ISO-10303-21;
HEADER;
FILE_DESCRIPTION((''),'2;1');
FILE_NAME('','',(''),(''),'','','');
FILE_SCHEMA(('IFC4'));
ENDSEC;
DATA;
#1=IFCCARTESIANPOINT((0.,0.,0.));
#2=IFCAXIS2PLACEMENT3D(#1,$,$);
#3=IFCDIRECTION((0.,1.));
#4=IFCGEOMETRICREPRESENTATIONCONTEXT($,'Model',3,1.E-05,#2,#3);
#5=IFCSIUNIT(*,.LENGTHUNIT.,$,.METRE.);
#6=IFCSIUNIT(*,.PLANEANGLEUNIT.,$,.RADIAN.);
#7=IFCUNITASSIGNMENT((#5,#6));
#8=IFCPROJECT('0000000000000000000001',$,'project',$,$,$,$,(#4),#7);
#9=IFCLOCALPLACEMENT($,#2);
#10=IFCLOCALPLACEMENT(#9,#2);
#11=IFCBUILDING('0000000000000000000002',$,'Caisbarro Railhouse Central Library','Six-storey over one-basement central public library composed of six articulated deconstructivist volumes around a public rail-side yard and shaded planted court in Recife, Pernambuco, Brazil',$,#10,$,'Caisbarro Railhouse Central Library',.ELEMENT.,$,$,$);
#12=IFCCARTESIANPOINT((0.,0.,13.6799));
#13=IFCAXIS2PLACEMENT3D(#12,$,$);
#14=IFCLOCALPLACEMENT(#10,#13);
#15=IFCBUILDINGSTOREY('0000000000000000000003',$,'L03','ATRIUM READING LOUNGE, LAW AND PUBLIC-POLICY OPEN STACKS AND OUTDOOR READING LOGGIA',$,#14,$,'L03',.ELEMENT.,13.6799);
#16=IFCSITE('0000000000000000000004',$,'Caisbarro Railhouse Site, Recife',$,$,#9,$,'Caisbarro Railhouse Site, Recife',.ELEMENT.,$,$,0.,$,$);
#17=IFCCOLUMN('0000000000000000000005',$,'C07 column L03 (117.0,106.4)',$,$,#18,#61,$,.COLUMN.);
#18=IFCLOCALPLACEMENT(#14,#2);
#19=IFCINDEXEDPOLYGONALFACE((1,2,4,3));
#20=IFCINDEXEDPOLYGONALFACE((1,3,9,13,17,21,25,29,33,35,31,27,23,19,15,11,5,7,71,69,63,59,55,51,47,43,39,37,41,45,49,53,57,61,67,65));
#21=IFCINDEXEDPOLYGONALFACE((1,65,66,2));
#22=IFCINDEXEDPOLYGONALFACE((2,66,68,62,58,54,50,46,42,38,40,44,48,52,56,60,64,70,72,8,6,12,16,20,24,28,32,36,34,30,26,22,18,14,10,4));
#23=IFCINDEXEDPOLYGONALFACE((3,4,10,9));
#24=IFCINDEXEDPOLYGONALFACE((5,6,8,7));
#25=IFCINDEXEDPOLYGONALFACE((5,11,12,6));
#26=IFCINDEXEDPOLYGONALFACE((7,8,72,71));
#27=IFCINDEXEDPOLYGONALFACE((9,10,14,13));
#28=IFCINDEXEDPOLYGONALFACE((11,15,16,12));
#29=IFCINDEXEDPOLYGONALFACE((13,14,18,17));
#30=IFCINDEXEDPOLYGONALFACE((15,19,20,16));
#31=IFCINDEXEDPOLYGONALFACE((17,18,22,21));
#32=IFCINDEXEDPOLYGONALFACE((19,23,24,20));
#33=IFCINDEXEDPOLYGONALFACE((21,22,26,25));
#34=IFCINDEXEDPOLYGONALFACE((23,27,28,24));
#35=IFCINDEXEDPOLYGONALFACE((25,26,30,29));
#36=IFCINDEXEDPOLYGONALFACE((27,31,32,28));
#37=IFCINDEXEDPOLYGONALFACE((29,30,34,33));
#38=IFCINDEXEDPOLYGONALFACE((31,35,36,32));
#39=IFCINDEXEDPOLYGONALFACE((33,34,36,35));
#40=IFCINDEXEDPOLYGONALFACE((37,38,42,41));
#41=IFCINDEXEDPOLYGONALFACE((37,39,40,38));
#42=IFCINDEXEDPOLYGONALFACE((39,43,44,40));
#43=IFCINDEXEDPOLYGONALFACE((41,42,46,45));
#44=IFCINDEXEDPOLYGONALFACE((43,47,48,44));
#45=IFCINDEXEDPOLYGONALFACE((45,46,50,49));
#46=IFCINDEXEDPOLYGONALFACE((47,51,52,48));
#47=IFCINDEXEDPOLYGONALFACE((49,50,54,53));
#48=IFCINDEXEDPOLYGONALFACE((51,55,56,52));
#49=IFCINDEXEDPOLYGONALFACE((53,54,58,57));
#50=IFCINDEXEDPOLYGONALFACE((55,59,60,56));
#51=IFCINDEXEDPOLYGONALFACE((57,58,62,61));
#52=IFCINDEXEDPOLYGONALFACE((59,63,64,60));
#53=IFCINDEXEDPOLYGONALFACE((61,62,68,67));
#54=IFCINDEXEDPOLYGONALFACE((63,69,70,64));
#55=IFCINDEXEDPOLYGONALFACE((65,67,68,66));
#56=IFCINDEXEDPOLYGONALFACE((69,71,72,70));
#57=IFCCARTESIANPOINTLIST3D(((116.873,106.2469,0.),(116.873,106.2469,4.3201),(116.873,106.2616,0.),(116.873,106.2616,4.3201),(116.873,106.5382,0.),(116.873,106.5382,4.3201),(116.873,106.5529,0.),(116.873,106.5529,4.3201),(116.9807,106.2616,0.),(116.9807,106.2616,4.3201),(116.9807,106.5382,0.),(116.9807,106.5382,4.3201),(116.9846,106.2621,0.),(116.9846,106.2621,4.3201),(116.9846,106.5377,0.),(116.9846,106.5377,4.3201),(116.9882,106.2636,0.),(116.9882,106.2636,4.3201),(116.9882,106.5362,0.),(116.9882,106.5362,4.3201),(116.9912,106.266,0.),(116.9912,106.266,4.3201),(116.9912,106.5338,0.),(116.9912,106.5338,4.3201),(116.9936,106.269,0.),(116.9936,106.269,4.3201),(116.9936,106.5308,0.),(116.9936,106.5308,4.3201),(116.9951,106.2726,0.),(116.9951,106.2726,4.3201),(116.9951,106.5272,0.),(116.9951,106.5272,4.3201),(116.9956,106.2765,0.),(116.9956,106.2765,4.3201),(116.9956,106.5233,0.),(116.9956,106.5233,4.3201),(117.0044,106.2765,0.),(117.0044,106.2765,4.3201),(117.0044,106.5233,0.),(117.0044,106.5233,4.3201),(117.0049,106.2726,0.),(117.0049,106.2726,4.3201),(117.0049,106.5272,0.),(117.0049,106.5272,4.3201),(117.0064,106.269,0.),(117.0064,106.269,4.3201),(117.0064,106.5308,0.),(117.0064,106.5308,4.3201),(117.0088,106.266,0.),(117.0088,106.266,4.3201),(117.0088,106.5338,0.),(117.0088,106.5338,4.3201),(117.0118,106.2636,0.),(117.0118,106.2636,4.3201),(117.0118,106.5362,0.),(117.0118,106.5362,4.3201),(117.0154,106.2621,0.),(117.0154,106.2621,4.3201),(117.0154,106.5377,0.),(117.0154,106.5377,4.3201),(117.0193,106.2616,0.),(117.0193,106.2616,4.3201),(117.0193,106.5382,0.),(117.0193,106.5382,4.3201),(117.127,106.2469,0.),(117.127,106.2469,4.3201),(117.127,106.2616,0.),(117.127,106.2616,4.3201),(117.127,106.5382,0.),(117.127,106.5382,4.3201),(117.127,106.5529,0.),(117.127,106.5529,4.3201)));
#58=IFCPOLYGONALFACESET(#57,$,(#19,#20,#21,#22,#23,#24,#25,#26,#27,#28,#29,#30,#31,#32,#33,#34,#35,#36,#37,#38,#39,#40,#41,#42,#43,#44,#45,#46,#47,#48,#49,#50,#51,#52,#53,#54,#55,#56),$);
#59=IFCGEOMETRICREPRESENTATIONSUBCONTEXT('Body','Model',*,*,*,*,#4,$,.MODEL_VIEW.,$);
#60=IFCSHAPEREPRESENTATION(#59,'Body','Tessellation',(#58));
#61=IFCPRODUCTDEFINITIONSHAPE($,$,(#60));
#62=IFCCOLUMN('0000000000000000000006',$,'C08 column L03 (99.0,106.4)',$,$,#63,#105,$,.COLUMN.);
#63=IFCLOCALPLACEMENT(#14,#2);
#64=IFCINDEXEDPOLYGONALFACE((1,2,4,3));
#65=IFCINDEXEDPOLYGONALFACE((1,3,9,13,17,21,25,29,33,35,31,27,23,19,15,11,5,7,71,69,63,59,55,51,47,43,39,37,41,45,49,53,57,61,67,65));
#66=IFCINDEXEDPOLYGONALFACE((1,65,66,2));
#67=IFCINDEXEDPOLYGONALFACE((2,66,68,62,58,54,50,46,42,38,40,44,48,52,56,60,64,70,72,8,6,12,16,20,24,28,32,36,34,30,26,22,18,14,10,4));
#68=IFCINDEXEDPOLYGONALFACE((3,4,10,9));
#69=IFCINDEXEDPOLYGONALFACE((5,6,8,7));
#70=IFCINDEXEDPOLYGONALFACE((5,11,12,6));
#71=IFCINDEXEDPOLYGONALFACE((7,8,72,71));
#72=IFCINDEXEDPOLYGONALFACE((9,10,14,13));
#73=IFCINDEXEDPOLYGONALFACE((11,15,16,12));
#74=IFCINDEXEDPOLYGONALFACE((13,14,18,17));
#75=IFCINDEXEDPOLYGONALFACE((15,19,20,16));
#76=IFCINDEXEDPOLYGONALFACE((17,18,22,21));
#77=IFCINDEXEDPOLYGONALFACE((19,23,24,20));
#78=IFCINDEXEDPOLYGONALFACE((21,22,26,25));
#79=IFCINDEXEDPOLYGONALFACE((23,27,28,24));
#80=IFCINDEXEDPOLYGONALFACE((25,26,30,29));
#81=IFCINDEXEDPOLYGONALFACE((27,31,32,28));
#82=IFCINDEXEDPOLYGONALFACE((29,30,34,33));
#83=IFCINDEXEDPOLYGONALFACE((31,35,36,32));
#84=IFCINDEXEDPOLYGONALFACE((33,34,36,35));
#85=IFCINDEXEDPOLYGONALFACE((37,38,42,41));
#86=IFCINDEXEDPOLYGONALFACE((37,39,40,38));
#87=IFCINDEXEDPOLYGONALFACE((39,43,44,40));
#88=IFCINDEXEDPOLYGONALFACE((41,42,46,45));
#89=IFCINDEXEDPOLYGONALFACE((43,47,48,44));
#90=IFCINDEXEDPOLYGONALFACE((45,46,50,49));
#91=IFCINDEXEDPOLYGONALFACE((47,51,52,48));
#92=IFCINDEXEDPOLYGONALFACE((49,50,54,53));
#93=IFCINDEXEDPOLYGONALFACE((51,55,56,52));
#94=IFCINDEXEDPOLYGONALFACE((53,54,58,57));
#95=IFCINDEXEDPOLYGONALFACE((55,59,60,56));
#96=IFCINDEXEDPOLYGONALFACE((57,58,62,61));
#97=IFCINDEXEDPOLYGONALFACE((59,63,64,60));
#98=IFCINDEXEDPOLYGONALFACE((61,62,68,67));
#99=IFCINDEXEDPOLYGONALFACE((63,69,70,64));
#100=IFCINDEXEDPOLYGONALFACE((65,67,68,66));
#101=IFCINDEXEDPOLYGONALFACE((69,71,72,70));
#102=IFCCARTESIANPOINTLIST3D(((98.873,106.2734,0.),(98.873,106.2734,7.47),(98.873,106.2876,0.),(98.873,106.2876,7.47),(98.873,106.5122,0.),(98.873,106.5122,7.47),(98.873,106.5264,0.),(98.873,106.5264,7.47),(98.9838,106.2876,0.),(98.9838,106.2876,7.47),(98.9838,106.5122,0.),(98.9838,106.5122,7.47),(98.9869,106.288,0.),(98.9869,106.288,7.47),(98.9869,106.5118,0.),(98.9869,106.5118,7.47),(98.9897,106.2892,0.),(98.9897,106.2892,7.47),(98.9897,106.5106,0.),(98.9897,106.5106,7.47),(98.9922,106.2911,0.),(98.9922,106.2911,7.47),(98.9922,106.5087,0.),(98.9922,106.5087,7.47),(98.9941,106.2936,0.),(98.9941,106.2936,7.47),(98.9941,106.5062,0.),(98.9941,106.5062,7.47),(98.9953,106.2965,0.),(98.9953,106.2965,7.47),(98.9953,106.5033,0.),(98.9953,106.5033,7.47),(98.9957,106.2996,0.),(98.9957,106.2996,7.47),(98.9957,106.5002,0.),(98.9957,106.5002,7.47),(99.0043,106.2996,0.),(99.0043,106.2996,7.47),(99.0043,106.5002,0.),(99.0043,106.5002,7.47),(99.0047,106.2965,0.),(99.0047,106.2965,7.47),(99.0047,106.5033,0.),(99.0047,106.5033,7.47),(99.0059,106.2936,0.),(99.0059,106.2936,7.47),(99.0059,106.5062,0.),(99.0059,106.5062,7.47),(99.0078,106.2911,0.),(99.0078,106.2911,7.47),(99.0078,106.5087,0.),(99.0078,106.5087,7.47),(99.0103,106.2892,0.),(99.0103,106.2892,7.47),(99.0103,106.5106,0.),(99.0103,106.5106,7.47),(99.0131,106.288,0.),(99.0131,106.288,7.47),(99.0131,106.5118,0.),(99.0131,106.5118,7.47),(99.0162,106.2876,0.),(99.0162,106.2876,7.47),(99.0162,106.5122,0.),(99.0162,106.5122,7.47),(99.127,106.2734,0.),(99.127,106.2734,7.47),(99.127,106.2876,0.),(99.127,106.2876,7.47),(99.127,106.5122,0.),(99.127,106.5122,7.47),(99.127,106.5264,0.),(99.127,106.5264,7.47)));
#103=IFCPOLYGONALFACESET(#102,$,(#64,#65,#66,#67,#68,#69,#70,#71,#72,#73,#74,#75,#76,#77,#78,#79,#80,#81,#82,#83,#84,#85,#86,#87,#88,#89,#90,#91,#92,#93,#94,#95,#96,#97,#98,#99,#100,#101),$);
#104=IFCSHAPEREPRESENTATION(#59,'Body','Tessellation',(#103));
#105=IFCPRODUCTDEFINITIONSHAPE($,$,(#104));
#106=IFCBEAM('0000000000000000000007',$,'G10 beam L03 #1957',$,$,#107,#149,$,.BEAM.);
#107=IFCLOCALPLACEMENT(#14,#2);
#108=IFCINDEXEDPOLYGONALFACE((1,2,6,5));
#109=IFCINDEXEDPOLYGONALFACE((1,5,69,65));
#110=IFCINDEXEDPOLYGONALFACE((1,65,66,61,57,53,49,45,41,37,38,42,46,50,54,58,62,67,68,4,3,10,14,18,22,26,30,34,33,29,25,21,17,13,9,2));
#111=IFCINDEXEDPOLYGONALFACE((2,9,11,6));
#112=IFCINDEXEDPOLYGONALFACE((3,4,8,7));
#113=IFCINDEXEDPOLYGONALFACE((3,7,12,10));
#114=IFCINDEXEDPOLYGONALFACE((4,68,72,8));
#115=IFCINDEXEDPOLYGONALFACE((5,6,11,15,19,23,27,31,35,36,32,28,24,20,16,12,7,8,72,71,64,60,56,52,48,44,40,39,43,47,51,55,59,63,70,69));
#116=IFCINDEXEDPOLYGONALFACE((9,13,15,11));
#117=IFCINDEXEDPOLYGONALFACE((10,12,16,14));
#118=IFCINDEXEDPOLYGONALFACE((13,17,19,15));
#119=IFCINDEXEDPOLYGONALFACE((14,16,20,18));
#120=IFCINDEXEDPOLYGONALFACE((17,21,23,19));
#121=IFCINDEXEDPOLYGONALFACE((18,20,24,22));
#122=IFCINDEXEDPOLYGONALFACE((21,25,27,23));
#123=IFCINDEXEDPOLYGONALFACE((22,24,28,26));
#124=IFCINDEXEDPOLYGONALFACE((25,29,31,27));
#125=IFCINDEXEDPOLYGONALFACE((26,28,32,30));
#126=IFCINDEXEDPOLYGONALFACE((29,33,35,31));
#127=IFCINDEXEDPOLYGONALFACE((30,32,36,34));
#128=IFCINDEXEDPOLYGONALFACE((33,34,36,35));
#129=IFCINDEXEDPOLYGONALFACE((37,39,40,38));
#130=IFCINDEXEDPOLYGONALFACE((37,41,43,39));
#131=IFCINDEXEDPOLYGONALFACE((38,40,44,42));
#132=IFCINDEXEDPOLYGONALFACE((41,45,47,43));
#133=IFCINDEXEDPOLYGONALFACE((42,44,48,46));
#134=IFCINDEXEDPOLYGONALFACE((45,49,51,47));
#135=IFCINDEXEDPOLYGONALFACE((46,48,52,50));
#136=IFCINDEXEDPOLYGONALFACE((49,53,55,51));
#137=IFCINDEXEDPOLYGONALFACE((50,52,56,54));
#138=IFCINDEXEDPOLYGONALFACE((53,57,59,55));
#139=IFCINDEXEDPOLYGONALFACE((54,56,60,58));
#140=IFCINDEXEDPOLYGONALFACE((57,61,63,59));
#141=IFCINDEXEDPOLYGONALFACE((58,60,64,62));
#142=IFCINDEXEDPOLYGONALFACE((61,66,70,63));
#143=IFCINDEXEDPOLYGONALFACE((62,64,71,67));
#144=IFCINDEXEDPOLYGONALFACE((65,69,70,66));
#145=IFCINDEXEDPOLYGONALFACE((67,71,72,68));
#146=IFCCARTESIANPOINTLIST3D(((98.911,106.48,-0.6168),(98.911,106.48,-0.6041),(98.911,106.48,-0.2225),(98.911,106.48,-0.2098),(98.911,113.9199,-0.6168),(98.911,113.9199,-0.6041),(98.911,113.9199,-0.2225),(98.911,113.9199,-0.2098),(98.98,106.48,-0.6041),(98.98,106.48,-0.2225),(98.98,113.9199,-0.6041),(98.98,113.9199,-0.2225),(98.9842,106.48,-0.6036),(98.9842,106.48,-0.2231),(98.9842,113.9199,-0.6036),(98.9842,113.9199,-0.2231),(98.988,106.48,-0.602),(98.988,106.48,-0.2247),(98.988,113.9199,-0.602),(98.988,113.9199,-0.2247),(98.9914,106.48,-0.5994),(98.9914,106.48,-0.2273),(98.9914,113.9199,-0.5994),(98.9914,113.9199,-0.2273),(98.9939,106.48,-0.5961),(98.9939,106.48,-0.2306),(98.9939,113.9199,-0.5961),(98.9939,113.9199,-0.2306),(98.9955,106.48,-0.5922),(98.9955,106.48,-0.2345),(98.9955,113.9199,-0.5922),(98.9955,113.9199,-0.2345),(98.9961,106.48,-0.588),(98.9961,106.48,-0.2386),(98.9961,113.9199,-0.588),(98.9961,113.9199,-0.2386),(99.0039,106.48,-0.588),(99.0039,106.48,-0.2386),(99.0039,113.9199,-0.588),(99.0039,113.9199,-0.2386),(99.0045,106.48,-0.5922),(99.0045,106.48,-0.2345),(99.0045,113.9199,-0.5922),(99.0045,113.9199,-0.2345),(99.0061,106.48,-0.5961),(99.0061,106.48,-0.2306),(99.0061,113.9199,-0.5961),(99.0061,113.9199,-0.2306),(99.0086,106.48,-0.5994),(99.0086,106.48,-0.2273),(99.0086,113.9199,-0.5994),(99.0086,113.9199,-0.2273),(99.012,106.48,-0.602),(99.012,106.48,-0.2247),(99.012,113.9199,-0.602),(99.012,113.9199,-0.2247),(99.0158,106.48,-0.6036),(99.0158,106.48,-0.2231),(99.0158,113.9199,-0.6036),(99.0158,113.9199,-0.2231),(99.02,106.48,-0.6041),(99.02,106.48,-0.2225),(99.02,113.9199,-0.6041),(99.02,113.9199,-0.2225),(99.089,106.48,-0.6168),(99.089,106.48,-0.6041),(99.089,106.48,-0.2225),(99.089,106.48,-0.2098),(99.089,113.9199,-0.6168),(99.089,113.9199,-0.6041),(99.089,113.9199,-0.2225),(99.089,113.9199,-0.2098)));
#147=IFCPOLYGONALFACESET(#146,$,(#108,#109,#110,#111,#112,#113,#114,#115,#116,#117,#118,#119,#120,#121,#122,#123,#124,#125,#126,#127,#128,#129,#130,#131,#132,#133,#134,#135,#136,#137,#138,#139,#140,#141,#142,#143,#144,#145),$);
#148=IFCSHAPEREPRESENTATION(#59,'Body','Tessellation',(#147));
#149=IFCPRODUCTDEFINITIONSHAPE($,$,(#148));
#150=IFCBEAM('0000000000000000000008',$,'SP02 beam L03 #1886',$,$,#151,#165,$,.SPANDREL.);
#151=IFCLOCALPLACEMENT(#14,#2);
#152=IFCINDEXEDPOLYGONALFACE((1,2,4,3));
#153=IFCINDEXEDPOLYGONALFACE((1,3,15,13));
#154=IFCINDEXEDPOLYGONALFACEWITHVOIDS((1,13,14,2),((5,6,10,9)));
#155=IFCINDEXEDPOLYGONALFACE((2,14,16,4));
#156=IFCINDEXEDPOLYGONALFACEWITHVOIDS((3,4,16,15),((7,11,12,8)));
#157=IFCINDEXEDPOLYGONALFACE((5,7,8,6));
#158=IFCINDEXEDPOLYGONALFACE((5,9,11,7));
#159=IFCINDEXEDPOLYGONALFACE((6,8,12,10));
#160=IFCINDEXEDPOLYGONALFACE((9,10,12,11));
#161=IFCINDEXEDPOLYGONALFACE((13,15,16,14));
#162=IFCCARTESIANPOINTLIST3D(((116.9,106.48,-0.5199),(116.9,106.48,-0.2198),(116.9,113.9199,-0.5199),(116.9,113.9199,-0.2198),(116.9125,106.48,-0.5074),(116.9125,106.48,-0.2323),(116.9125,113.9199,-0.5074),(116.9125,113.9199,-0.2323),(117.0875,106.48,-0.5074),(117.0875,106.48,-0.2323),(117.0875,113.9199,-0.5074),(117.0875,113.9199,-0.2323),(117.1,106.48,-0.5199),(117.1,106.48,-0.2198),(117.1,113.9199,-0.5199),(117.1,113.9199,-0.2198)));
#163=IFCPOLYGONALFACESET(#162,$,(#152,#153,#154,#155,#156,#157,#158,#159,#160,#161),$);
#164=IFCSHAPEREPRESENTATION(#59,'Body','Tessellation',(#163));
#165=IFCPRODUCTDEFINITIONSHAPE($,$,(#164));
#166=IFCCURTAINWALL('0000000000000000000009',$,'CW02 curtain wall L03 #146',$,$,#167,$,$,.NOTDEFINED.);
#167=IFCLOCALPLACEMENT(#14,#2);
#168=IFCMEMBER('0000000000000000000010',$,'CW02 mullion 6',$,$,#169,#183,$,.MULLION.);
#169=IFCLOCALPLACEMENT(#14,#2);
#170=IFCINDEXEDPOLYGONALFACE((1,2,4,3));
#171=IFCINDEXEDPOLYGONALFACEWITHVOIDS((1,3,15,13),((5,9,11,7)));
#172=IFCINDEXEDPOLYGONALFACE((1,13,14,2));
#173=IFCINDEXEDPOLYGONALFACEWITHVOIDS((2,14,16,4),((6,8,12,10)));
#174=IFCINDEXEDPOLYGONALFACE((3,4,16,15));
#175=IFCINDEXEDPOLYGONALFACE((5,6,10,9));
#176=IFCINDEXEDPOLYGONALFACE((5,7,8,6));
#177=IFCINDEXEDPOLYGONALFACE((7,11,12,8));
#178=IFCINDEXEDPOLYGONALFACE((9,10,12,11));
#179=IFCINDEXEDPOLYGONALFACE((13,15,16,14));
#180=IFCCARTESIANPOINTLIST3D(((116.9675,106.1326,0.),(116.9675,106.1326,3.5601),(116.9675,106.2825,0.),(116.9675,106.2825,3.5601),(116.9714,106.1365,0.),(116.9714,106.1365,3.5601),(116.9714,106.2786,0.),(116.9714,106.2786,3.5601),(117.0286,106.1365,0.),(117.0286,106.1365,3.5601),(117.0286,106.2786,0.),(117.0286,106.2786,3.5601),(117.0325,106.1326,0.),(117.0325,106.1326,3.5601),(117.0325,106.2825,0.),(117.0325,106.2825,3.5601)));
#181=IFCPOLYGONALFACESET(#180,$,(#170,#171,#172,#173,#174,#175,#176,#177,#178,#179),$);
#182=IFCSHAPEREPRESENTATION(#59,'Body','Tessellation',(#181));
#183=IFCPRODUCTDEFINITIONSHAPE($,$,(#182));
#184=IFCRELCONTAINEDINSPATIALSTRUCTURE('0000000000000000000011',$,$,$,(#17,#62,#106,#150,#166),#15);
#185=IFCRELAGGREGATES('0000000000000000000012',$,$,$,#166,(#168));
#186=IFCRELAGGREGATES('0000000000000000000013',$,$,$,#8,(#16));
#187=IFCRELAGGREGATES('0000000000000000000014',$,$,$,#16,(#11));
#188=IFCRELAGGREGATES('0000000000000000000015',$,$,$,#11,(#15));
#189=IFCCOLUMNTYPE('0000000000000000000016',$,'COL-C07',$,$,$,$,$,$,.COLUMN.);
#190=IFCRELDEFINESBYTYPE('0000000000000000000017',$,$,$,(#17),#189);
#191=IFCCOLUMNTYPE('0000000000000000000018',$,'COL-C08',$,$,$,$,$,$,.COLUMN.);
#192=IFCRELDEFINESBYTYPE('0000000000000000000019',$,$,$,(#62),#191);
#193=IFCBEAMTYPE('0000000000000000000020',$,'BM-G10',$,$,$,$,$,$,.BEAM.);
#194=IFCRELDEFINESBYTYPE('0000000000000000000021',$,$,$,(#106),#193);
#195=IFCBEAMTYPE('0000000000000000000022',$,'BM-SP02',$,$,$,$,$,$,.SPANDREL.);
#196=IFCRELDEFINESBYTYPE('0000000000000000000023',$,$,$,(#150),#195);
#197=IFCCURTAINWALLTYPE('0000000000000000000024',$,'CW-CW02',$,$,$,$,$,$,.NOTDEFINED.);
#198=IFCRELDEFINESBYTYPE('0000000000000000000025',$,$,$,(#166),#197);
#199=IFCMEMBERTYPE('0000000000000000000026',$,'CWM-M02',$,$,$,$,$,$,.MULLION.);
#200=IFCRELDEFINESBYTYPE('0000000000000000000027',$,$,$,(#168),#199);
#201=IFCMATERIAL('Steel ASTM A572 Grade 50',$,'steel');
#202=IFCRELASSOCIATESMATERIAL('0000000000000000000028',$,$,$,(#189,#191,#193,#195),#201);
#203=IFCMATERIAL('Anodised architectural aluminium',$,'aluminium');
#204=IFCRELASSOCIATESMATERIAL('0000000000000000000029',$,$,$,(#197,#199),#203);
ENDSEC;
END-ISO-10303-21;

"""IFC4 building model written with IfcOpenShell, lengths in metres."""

from ifc_helpers import new_model, si_unit, direction, frame, origin, origin_2d, place, context, subcontext, project, spatial, hollow_rectangle, i_section, extrude, material, material_profile, profile_set, type_object, element, aggregate, save


model = new_model("IFC4")

# Units and contexts
model_context = context("Model", 3, precision=1e-05, world=origin(), true_north=direction((0.0, 1.0)))
body_context = subcontext(model_context, "Body", "Model", "MODEL_VIEW")
ifc_project = project(units=[si_unit("LENGTHUNIT", "METRE"), si_unit("PLANEANGLEUNIT", "RADIAN")], contexts=[model_context])

# Site, building, storey
site_placement = place(None, origin())
site = spatial("IfcSite", under=ifc_project, at=site_placement, Name="Caisbarro Railhouse Site, Recife", LongName="Caisbarro Railhouse Site, Recife", CompositionType="ELEMENT", RefElevation=0.0)
building_placement = place(site_placement, origin())
building = spatial("IfcBuilding", under=site, at=building_placement, Name="Caisbarro Railhouse Central Library", Description="Six-storey over one-basement central public library composed of six articulated deconstructivist volumes around a public rail-side yard and shaded planted court in Recife, Pernambuco, Brazil", LongName="Caisbarro Railhouse Central Library", CompositionType="ELEMENT")
storey_placement = place(building_placement, frame((0.0, 0.0, 13.6799)))
storey = spatial("IfcBuildingStorey", under=building, at=storey_placement, Name="L03", Description="ATRIUM READING LOUNGE, LAW AND PUBLIC-POLICY OPEN STACKS AND OUTDOOR READING LOGGIA", LongName="L03", CompositionType="ELEMENT", Elevation=13.6799)

# Columns
ifc_material_1 = material(Name="Steel ASTM A572 Grade 50", Category="steel")
ifc_material_profile_1 = material_profile(ifc_material_1, i_section(OverallWidth=0.2539, OverallDepth=0.3059, WebThickness=0.0088, FlangeThickness=0.0146, FilletRadius=0.0149, at=origin_2d()), Name="W310X79.0")
ifc_profile_set_1 = profile_set([ifc_material_profile_1], Name="Steel ASTM A572 Grade 50")
column_type_1 = type_object("IfcColumnType", Name="COL-C07", PredefinedType="COLUMN", material=ifc_profile_set_1)
column_1_placement = place(storey_placement, frame((117.0, 106.3999, 0.0), z_axis=(0.0, 0.0, 1.0), x_axis=(1.0, 0.0, 0.0)))
element("IfcColumn", 1, at=column_1_placement, inside=storey, type_object=column_type_1, Name="C07 column L03 (117.0,106.4)", PredefinedType="COLUMN", context=body_context, shape_type="SweptSolid", body=[
    extrude(i_section(OverallWidth=0.2539, OverallDepth=0.3059, WebThickness=0.0088, FlangeThickness=0.0146, FilletRadius=0.0149, at=origin_2d()), origin(), (0.0, 0.0, 1.0), 4.3201),
])
ifc_material_profile_2 = material_profile(ifc_material_1, i_section(OverallWidth=0.2539, OverallDepth=0.2529, WebThickness=0.0085, FlangeThickness=0.0142, FilletRadius=0.012, at=origin_2d()), Name="W250X73.0")
ifc_profile_set_2 = profile_set([ifc_material_profile_2], Name="Steel ASTM A572 Grade 50")
column_type_2 = type_object("IfcColumnType", Name="COL-C08", PredefinedType="COLUMN", material=ifc_profile_set_2)
column_2_placement = place(storey_placement, frame((99.0, 106.3999, 0.0), z_axis=(0.0, 0.0, 1.0), x_axis=(1.0, 0.0, 0.0)))
element("IfcColumn", 2, at=column_2_placement, inside=storey, type_object=column_type_2, Name="C08 column L03 (99.0,106.4)", PredefinedType="COLUMN", context=body_context, shape_type="SweptSolid", body=[
    extrude(i_section(OverallWidth=0.2539, OverallDepth=0.2529, WebThickness=0.0085, FlangeThickness=0.0142, FilletRadius=0.012, at=origin_2d()), origin(), (0.0, 0.0, 1.0), 7.47),
])

# Beams
ifc_material_profile_3 = material_profile(ifc_material_1, i_section(OverallWidth=0.178, OverallDepth=0.407, WebThickness=0.0078, FlangeThickness=0.0127, FilletRadius=0.0161, at=origin_2d()), Name="W410X60.0")
ifc_profile_set_3 = profile_set([ifc_material_profile_3], Name="Steel ASTM A572 Grade 50")
beam_type_1 = type_object("IfcBeamType", Name="BM-G10", PredefinedType="BEAM", material=ifc_profile_set_3)
beam_1_placement = place(storey_placement, frame((99.0, 106.48, -0.4133), z_axis=(0.0, 1.0, 0.0), x_axis=(-1.0, 0.0, 0.0)))
element("IfcBeam", 3, at=beam_1_placement, inside=storey, type_object=beam_type_1, Name="G10 beam L03 #1957", PredefinedType="BEAM", context=body_context, shape_type="SweptSolid", body=[
    extrude(i_section(OverallWidth=0.178, OverallDepth=0.407, WebThickness=0.0078, FlangeThickness=0.0127, FilletRadius=0.0161, at=origin_2d()), origin(), (0.0, 0.0, 1.0), 7.4399),
])
ifc_material_profile_4 = material_profile(ifc_material_1, hollow_rectangle(XDim=0.2, YDim=0.3, WallThickness=0.0125, at=origin_2d()), Name="HSS300X200X12.5")
ifc_profile_set_4 = profile_set([ifc_material_profile_4], Name="Steel ASTM A572 Grade 50")
beam_type_2 = type_object("IfcBeamType", Name="BM-SP02", PredefinedType="SPANDREL", material=ifc_profile_set_4)
beam_2_placement = place(storey_placement, frame((117.0, 106.48, -0.3699), z_axis=(0.0, 1.0, 0.0), x_axis=(-1.0, 0.0, 0.0)))
element("IfcBeam", 4, at=beam_2_placement, inside=storey, type_object=beam_type_2, Name="SP02 beam L03 #1886", PredefinedType="SPANDREL", context=body_context, shape_type="SweptSolid", body=[
    extrude(hollow_rectangle(XDim=0.2, YDim=0.3, WallThickness=0.0125, at=origin_2d()), origin(), (0.0, 0.0, 1.0), 7.4399),
])

# Curtain wall, member
ifc_material_2 = material(Name="Anodised architectural aluminium", Category="aluminium")
curtain_wall_type_1 = type_object("IfcCurtainWallType", Name="CW-CW02", PredefinedType="NOTDEFINED", material=ifc_material_2)
curtain_wall_1_placement = place(storey_placement, origin())
curtain_wall_1 = element("IfcCurtainWall", 5, at=curtain_wall_1_placement, inside=storey, type_object=curtain_wall_type_1, Name="CW02 curtain wall L03 #146", PredefinedType="NOTDEFINED")
ifc_material_profile_5 = material_profile(ifc_material_2, hollow_rectangle(XDim=0.0649, YDim=0.1499, WallThickness=0.0039, at=origin_2d()), Name="ALU-MUL-65X150")
ifc_profile_set_5 = profile_set([ifc_material_profile_5], Name="Anodised architectural aluminium")
member_type_1 = type_object("IfcMemberType", Name="CWM-M02", PredefinedType="MULLION", material=ifc_profile_set_5)
member_1_placement = place(storey_placement, frame((117.0, 106.2075, 0.0), z_axis=(0.0, 0.0, 1.0), x_axis=(-1.0, 0.0, 0.0)))
member_1 = element("IfcMember", 6, at=member_1_placement, type_object=member_type_1, Name="CW02 mullion 6", PredefinedType="MULLION", context=body_context, shape_type="SweptSolid", body=[
    extrude(hollow_rectangle(XDim=0.0649, YDim=0.1499, WallThickness=0.0039, at=origin_2d()), origin(), (0.0, 0.0, 1.0), 3.5601),
])

aggregate(curtain_wall_1, [member_1])

save(model, "model.ifc")
